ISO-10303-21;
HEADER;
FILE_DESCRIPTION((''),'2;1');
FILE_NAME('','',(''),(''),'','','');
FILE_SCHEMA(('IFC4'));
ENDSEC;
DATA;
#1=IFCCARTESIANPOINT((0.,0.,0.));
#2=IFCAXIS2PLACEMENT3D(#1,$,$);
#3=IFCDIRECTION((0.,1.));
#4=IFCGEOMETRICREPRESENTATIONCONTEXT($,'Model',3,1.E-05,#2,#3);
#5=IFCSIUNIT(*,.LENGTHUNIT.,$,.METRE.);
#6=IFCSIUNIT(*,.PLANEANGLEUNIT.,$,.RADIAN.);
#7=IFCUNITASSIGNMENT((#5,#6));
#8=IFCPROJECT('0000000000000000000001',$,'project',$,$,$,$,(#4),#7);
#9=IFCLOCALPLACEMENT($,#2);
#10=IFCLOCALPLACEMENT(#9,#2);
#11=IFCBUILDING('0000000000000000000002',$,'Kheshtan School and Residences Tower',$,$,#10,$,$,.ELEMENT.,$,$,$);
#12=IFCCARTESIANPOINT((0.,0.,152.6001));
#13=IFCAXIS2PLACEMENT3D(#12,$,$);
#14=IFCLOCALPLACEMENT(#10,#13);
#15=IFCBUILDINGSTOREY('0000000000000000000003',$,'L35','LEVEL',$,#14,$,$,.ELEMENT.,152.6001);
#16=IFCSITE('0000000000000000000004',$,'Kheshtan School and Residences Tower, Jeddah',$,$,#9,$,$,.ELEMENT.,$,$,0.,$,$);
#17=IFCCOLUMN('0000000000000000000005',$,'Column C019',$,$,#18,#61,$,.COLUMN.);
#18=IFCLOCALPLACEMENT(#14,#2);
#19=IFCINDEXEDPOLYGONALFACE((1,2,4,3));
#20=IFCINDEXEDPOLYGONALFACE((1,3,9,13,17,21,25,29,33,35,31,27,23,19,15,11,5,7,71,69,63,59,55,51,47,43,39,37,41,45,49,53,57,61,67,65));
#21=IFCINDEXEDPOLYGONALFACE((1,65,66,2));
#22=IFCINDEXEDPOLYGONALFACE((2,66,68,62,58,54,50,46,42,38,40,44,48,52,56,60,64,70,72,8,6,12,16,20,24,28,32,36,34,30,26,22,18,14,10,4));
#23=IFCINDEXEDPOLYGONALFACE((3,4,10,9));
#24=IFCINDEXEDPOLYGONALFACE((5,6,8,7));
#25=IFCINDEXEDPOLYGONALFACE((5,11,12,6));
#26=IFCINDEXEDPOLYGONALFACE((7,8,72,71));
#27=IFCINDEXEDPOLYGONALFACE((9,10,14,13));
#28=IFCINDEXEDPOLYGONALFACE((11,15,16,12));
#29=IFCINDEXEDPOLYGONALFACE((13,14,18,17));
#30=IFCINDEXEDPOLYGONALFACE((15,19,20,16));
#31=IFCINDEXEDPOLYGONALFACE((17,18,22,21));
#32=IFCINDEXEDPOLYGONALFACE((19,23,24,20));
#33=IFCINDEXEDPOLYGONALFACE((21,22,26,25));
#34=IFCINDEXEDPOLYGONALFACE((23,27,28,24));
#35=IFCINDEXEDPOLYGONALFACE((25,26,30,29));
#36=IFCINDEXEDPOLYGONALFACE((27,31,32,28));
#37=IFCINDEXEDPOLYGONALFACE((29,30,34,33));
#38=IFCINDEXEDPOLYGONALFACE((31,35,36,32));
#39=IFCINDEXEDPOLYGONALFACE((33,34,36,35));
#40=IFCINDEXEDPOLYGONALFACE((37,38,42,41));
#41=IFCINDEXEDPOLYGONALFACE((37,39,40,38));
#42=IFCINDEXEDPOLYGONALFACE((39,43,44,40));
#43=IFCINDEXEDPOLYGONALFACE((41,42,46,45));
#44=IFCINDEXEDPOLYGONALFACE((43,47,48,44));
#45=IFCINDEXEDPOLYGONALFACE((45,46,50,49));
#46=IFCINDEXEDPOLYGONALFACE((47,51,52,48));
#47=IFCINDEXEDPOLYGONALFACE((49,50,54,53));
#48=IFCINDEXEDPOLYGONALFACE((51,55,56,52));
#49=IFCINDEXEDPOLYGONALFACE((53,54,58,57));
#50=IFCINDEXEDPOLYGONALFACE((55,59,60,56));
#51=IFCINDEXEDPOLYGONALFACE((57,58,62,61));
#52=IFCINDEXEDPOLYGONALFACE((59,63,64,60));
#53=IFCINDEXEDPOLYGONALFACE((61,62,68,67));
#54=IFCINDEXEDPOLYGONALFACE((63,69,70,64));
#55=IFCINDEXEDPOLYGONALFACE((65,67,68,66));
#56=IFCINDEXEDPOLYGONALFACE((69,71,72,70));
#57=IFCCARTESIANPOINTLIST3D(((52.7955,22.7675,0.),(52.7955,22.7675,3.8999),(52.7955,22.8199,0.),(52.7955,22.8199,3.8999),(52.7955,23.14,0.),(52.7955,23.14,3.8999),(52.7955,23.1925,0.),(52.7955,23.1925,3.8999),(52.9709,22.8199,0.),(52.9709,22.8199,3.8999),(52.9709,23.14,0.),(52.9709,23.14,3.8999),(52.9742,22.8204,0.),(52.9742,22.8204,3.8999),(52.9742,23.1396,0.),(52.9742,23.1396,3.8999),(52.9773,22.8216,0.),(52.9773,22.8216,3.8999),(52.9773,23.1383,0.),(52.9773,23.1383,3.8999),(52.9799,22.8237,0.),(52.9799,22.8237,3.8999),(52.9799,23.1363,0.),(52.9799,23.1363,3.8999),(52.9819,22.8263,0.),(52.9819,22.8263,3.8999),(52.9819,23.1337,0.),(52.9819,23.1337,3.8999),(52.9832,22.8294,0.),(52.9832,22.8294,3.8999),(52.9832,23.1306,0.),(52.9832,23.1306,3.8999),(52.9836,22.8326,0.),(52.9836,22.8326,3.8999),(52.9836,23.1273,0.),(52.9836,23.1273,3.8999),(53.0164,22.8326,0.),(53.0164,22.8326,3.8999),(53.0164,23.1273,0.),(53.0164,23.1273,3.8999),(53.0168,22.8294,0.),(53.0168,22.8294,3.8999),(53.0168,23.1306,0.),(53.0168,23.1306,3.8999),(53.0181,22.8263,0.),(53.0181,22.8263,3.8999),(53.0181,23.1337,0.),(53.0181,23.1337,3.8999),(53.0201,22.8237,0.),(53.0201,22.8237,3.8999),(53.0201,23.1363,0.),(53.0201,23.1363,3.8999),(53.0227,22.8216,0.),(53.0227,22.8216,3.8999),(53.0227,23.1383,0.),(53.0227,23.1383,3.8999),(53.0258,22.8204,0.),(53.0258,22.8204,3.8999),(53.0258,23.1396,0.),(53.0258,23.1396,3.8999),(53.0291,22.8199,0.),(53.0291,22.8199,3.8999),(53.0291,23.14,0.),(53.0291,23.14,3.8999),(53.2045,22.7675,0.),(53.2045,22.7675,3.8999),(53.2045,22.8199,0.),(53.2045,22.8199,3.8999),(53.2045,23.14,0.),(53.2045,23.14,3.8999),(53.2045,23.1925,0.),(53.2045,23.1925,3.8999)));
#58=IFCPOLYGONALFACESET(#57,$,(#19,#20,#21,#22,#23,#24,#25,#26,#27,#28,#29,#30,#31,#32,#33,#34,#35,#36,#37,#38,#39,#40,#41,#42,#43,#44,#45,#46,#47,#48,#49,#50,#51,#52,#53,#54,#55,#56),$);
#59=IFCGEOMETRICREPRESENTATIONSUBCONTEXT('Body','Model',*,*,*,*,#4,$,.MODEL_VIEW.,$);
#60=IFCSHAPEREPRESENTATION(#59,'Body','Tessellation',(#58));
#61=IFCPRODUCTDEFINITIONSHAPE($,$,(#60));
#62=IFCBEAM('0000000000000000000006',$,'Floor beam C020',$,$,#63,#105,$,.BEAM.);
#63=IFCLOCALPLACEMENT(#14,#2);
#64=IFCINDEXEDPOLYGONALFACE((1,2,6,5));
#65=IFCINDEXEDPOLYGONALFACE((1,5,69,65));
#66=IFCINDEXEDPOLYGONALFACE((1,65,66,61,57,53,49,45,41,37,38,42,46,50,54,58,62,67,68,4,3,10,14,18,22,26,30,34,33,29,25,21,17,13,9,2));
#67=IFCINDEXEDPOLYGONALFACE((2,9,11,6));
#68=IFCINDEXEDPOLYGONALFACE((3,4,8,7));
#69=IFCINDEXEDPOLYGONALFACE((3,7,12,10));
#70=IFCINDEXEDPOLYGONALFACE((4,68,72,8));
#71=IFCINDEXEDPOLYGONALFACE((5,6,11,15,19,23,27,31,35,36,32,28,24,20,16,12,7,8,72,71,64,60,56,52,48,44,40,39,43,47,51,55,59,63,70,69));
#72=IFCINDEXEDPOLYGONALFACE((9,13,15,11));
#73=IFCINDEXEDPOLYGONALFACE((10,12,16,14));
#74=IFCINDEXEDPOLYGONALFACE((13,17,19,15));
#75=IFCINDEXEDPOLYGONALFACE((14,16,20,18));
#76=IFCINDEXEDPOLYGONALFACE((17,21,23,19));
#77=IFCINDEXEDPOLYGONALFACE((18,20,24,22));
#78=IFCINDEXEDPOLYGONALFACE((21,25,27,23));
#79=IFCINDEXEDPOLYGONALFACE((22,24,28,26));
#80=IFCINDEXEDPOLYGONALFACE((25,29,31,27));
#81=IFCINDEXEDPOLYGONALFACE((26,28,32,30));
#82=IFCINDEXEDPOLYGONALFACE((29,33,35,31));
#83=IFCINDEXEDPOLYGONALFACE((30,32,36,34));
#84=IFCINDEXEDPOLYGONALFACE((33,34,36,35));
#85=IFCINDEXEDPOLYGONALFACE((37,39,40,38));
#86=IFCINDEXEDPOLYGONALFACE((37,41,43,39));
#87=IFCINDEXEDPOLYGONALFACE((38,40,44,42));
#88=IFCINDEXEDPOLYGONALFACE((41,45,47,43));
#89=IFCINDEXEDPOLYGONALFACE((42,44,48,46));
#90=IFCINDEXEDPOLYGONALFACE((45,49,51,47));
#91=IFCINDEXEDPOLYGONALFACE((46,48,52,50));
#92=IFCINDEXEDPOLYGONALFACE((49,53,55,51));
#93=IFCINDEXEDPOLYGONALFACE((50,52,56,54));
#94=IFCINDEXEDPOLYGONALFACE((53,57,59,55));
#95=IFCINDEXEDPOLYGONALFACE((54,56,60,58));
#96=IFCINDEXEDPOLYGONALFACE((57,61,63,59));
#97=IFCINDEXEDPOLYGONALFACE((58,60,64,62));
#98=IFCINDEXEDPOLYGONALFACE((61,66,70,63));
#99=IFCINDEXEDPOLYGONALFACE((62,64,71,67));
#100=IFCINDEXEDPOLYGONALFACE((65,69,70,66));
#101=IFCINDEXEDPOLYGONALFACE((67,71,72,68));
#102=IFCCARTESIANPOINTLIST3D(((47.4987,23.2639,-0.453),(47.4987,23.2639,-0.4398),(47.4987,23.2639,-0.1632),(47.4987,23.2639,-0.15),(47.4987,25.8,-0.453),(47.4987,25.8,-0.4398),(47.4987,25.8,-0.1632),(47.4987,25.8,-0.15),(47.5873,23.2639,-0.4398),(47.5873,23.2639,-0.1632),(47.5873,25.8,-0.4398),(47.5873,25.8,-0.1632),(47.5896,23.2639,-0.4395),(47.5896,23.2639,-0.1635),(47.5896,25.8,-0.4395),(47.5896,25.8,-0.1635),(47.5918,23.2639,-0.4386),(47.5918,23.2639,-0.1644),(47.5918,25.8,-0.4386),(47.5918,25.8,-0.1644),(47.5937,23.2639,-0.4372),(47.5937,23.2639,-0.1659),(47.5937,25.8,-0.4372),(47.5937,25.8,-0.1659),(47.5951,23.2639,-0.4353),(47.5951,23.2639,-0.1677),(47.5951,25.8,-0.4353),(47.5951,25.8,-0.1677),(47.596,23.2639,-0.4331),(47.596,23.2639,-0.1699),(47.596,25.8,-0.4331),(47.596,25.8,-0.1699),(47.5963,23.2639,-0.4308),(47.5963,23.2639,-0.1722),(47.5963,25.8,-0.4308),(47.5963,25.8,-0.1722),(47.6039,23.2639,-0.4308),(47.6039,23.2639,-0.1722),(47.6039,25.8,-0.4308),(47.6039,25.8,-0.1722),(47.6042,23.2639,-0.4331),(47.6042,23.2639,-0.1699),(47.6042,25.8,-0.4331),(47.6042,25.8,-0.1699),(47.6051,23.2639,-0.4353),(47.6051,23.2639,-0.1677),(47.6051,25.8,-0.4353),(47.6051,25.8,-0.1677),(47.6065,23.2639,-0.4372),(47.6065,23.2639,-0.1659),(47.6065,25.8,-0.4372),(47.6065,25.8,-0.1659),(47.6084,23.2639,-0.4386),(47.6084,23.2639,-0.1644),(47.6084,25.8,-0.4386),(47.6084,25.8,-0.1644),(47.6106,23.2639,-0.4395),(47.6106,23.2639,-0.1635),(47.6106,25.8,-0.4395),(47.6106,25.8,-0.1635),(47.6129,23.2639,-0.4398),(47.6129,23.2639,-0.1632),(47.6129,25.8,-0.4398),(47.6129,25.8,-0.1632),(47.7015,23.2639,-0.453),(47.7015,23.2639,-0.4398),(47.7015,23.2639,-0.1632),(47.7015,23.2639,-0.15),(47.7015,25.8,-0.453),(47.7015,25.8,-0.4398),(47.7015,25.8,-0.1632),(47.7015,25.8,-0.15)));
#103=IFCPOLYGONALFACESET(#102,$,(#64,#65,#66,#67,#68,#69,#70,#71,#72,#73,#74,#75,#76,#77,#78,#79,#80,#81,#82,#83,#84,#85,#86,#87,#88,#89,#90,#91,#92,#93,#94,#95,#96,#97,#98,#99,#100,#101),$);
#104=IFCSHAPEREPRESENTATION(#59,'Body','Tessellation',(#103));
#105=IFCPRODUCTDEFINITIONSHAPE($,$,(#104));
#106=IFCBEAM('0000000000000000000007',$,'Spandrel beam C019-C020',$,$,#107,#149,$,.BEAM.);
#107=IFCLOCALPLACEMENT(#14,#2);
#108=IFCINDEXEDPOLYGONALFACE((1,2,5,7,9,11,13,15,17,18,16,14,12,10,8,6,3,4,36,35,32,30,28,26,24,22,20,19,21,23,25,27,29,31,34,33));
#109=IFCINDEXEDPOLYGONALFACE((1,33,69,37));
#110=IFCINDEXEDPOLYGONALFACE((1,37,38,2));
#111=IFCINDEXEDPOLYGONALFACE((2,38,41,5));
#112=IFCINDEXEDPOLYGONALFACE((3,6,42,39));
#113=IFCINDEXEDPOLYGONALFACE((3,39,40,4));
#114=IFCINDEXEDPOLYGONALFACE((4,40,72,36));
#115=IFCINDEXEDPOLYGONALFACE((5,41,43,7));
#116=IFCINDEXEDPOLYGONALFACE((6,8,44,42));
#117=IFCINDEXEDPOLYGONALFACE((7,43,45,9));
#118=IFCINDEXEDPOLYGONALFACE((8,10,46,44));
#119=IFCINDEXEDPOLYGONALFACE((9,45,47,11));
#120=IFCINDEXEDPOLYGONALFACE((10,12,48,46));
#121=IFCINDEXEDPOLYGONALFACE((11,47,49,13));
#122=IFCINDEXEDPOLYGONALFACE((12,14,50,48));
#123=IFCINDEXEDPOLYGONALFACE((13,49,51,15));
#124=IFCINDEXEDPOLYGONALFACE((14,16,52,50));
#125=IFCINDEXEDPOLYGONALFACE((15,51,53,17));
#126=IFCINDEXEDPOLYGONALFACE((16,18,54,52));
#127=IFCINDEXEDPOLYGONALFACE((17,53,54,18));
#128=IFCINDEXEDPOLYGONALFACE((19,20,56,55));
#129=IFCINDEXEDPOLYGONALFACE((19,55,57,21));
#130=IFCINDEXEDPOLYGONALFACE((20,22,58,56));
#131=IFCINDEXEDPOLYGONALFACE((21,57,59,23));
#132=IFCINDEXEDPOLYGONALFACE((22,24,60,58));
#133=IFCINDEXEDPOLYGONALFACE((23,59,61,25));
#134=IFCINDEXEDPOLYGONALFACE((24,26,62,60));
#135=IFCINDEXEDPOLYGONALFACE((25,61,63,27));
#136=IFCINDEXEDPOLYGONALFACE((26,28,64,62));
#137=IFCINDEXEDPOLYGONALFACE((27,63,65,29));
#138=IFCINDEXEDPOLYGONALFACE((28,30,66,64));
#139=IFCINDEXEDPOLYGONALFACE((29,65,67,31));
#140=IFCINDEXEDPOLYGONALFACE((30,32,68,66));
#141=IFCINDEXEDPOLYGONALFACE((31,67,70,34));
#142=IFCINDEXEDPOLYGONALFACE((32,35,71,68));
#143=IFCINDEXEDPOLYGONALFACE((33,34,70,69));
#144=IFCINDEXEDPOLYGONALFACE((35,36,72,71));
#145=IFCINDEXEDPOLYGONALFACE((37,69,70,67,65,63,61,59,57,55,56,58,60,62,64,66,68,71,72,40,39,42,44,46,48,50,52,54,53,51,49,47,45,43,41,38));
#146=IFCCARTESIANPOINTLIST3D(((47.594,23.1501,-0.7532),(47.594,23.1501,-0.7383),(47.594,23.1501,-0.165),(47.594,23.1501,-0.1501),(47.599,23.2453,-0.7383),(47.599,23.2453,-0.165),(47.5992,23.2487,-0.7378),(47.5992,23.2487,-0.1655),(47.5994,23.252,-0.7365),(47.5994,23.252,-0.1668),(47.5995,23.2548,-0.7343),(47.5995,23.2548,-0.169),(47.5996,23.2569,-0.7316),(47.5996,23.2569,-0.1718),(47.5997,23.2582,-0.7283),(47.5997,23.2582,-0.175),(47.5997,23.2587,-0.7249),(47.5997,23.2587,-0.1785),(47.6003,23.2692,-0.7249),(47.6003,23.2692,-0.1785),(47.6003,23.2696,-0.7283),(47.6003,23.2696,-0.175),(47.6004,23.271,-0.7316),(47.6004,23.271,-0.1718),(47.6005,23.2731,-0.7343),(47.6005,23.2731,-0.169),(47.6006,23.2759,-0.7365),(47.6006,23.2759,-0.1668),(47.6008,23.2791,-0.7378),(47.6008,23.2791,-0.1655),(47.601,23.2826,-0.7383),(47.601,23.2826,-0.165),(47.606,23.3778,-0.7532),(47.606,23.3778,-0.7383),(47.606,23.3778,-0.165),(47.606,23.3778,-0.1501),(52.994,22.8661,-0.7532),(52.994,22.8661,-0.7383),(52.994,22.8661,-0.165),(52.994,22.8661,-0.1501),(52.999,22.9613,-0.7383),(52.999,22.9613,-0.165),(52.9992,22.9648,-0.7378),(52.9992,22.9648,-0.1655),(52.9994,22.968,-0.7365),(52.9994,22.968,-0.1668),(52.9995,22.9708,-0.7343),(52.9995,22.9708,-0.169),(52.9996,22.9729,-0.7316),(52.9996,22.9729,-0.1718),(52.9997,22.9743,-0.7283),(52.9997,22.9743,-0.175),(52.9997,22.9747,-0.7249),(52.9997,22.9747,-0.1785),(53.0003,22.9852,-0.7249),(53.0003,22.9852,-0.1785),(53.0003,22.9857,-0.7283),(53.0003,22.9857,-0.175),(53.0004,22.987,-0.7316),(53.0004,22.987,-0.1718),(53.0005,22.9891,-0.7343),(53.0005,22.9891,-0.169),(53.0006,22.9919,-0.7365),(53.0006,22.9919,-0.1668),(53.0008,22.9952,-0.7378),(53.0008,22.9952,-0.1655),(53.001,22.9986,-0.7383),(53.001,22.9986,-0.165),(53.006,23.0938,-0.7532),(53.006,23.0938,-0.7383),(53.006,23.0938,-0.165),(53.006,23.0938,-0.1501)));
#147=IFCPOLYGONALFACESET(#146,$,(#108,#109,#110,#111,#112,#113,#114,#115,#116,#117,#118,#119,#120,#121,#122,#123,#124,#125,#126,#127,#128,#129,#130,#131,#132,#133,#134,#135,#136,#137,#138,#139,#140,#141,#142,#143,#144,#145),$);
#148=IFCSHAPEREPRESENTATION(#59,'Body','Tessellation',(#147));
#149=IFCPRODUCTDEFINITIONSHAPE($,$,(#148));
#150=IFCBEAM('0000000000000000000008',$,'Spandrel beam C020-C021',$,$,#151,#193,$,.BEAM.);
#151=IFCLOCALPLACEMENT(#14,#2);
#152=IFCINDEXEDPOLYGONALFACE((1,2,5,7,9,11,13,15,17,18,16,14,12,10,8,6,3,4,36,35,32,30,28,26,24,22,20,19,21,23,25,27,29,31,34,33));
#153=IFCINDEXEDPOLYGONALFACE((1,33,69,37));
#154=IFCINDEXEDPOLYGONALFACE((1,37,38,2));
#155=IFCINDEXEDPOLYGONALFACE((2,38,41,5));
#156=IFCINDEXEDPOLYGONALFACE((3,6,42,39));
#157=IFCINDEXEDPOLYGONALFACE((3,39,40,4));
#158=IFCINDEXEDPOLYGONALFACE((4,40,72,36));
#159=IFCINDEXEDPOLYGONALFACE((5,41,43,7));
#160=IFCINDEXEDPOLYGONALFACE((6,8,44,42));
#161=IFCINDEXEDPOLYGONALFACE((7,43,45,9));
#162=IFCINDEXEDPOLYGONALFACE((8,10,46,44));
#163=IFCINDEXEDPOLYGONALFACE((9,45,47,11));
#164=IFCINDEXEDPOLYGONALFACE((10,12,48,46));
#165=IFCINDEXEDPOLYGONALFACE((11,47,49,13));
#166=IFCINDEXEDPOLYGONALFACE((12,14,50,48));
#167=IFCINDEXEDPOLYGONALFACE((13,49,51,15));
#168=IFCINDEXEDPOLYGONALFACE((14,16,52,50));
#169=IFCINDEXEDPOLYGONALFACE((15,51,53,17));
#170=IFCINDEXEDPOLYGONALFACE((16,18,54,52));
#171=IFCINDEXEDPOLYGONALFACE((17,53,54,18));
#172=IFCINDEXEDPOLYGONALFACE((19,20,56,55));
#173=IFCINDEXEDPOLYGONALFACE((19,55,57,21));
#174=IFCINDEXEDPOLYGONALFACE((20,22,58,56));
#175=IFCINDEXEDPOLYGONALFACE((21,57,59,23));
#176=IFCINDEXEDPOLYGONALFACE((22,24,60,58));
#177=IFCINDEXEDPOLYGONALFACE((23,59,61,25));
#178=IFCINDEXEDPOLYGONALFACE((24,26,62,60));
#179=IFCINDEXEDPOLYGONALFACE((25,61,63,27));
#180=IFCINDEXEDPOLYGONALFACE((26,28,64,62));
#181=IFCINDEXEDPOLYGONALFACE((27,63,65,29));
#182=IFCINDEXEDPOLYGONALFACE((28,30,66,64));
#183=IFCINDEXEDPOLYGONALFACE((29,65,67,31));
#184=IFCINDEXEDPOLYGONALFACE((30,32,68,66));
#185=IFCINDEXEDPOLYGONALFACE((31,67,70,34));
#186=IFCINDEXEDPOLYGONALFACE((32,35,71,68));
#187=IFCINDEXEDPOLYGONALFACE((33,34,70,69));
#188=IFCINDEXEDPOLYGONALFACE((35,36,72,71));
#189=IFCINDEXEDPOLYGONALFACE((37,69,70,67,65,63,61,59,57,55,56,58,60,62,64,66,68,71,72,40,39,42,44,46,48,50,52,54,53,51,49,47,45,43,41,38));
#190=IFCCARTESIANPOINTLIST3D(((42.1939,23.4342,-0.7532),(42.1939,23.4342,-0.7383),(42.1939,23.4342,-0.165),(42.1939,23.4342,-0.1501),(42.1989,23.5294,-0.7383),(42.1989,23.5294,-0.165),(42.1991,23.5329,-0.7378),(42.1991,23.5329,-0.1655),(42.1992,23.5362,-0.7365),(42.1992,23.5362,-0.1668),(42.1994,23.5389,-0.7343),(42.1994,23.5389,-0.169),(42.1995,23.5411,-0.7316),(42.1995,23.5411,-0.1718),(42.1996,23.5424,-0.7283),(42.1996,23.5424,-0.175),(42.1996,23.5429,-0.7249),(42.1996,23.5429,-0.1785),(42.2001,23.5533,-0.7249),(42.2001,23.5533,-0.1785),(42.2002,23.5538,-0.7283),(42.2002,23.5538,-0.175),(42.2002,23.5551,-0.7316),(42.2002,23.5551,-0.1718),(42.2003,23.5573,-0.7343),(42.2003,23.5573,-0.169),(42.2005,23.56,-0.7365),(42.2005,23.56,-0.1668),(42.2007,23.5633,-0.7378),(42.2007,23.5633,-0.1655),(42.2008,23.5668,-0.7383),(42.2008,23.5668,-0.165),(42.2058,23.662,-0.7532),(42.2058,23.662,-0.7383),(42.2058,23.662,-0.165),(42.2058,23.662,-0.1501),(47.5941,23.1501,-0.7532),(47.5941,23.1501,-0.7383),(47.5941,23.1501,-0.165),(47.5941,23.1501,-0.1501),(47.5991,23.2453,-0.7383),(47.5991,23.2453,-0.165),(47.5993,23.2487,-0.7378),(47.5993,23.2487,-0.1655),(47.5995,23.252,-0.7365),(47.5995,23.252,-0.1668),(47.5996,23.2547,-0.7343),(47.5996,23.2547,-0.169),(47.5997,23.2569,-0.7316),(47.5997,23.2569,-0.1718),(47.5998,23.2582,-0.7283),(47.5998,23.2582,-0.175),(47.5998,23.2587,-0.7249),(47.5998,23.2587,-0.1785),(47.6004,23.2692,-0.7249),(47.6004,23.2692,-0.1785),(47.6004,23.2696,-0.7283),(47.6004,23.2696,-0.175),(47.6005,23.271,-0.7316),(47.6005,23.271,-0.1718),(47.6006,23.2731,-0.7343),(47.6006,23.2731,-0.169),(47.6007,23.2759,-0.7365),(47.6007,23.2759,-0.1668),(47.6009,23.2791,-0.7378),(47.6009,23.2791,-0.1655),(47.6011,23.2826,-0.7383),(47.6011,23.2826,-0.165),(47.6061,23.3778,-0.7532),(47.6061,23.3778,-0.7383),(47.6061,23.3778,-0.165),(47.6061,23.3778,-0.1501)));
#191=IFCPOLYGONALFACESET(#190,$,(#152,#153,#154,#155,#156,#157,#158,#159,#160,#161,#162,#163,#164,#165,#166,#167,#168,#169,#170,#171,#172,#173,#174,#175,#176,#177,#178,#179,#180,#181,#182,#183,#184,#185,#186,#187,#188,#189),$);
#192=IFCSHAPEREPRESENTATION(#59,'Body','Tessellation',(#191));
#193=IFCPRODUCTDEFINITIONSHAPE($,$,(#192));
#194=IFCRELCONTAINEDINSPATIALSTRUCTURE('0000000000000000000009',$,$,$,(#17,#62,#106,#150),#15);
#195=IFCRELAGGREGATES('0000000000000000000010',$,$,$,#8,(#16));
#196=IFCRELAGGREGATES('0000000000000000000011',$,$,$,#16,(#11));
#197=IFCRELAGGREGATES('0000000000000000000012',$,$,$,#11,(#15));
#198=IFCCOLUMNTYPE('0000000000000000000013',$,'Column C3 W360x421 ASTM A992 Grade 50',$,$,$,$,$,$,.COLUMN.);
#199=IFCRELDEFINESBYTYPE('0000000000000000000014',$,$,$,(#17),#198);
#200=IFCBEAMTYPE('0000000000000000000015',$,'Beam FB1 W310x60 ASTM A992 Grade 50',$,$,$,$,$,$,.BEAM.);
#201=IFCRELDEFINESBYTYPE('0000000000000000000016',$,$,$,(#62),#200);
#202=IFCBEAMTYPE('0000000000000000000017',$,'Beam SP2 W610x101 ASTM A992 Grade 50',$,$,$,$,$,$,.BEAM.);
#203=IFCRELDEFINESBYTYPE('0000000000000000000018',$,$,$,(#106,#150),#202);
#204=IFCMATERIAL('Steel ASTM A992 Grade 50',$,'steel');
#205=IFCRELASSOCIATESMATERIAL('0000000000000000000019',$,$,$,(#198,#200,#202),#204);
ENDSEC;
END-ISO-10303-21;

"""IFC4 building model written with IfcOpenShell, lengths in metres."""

from ifc_helpers import new_model, si_unit, direction, frame, origin, origin_2d, place, context, subcontext, project, spatial, i_section, extrude, material, material_profile, profile_set, type_object, element, save


model = new_model("IFC4")

# Units and contexts
model_context = context("Model", 3, precision=1e-05, world=origin(), true_north=direction((0.0, 1.0)))
body_context = subcontext(model_context, "Body", "Model", "MODEL_VIEW")
ifc_project = project(units=[si_unit("LENGTHUNIT", "METRE"), si_unit("PLANEANGLEUNIT", "RADIAN")], contexts=[model_context])

# Site, building, storey
site_placement = place(None, origin())
site = spatial("IfcSite", under=ifc_project, at=site_placement, Name="Kheshtan School and Residences Tower, Jeddah", CompositionType="ELEMENT", RefElevation=0.0)
building_placement = place(site_placement, origin())
building = spatial("IfcBuilding", under=site, at=building_placement, Name="Kheshtan School and Residences Tower", CompositionType="ELEMENT")
storey_placement = place(building_placement, frame((0.0, 0.0, 152.6001)))
storey = spatial("IfcBuildingStorey", under=building, at=storey_placement, Name="L35", Description="LEVEL", CompositionType="ELEMENT", Elevation=152.6001)

# Column
ifc_material_1 = material(Name="Steel ASTM A992 Grade 50", Category="steel")
ifc_material_profile_1 = material_profile(ifc_material_1, i_section(OverallWidth=0.4089, OverallDepth=0.425, WebThickness=0.0327, FlangeThickness=0.0525, FilletRadius=0.0127, at=origin_2d()), Name="W360x421")
ifc_profile_set_1 = profile_set([ifc_material_profile_1], Name="Steel ASTM A992 Grade 50")
column_type = type_object("IfcColumnType", Name="Column C3 W360x421 ASTM A992 Grade 50", PredefinedType="COLUMN", material=ifc_profile_set_1)
column_placement = place(storey_placement, frame((53.0, 22.98, 0.0), z_axis=(0.0, 0.0, 1.0), x_axis=(1.0, 0.0, 0.0)))
element("IfcColumn", 1, at=column_placement, inside=storey, type_object=column_type, Name="Column C019", PredefinedType="COLUMN", context=body_context, shape_type="SweptSolid", body=[
    extrude(i_section(OverallWidth=0.4089, OverallDepth=0.425, WebThickness=0.0327, FlangeThickness=0.0525, FilletRadius=0.0127, at=origin_2d()), origin(), (0.0, 0.0, 1.0), 3.8999),
])

# Beams
ifc_material_profile_2 = material_profile(ifc_material_1, i_section(OverallWidth=0.2029, OverallDepth=0.303, WebThickness=0.0076, FlangeThickness=0.0132, FilletRadius=0.009, at=origin_2d()), Name="W310x60")
ifc_profile_set_2 = profile_set([ifc_material_profile_2], Name="Steel ASTM A992 Grade 50")
beam_type_1 = type_object("IfcBeamType", Name="Beam FB1 W310x60 ASTM A992 Grade 50", PredefinedType="BEAM", material=ifc_profile_set_2)
beam_1_placement = place(storey_placement, frame((47.6001, 23.2639, -0.3015), z_axis=(0.0, 1.0, 0.0), x_axis=(-1.0, 0.0, 0.0)))
element("IfcBeam", 2, at=beam_1_placement, inside=storey, type_object=beam_type_1, Name="Floor beam C020", PredefinedType="BEAM", context=body_context, shape_type="SweptSolid", body=[
    extrude(i_section(OverallWidth=0.2029, OverallDepth=0.303, WebThickness=0.0076, FlangeThickness=0.0132, FilletRadius=0.009, at=origin_2d()), origin(), (0.0, 0.0, 1.0), 2.5361),
])
ifc_material_profile_3 = material_profile(ifc_material_1, i_section(OverallWidth=0.228, OverallDepth=0.603, WebThickness=0.0105, FlangeThickness=0.0149, FilletRadius=0.0134, at=origin_2d()), Name="W610x101")
ifc_profile_set_3 = profile_set([ifc_material_profile_3], Name="Steel ASTM A992 Grade 50")
beam_type_2 = type_object("IfcBeamType", Name="Beam SP2 W610x101 ASTM A992 Grade 50", PredefinedType="BEAM", material=ifc_profile_set_3)
beam_2_placement = place(storey_placement, frame((53.0, 22.98, -0.4517), z_axis=(-0.99862, 0.052509, 0.0), x_axis=(-0.052509, -0.99862, 0.0)))
element("IfcBeam", 3, at=beam_2_placement, inside=storey, type_object=beam_type_2, Name="Spandrel beam C019-C020", PredefinedType="BEAM", context=body_context, shape_type="SweptSolid", body=[
    extrude(i_section(OverallWidth=0.228, OverallDepth=0.603, WebThickness=0.0105, FlangeThickness=0.0149, FilletRadius=0.0134, at=origin_2d()), origin(), (0.0, 0.0, 1.0), 5.4075),
])
beam_3_placement = place(storey_placement, frame((47.6001, 23.2639, -0.4517), z_axis=(-0.998618, 0.052552, 0.0), x_axis=(-0.052552, -0.998618, 0.0)))
element("IfcBeam", 4, at=beam_3_placement, inside=storey, type_object=beam_type_2, Name="Spandrel beam C020-C021", PredefinedType="BEAM", context=body_context, shape_type="SweptSolid", body=[
    extrude(i_section(OverallWidth=0.228, OverallDepth=0.603, WebThickness=0.0105, FlangeThickness=0.0149, FilletRadius=0.0134, at=origin_2d()), origin(), (0.0, 0.0, 1.0), 5.4077),
])

save(model, "model.ifc")
